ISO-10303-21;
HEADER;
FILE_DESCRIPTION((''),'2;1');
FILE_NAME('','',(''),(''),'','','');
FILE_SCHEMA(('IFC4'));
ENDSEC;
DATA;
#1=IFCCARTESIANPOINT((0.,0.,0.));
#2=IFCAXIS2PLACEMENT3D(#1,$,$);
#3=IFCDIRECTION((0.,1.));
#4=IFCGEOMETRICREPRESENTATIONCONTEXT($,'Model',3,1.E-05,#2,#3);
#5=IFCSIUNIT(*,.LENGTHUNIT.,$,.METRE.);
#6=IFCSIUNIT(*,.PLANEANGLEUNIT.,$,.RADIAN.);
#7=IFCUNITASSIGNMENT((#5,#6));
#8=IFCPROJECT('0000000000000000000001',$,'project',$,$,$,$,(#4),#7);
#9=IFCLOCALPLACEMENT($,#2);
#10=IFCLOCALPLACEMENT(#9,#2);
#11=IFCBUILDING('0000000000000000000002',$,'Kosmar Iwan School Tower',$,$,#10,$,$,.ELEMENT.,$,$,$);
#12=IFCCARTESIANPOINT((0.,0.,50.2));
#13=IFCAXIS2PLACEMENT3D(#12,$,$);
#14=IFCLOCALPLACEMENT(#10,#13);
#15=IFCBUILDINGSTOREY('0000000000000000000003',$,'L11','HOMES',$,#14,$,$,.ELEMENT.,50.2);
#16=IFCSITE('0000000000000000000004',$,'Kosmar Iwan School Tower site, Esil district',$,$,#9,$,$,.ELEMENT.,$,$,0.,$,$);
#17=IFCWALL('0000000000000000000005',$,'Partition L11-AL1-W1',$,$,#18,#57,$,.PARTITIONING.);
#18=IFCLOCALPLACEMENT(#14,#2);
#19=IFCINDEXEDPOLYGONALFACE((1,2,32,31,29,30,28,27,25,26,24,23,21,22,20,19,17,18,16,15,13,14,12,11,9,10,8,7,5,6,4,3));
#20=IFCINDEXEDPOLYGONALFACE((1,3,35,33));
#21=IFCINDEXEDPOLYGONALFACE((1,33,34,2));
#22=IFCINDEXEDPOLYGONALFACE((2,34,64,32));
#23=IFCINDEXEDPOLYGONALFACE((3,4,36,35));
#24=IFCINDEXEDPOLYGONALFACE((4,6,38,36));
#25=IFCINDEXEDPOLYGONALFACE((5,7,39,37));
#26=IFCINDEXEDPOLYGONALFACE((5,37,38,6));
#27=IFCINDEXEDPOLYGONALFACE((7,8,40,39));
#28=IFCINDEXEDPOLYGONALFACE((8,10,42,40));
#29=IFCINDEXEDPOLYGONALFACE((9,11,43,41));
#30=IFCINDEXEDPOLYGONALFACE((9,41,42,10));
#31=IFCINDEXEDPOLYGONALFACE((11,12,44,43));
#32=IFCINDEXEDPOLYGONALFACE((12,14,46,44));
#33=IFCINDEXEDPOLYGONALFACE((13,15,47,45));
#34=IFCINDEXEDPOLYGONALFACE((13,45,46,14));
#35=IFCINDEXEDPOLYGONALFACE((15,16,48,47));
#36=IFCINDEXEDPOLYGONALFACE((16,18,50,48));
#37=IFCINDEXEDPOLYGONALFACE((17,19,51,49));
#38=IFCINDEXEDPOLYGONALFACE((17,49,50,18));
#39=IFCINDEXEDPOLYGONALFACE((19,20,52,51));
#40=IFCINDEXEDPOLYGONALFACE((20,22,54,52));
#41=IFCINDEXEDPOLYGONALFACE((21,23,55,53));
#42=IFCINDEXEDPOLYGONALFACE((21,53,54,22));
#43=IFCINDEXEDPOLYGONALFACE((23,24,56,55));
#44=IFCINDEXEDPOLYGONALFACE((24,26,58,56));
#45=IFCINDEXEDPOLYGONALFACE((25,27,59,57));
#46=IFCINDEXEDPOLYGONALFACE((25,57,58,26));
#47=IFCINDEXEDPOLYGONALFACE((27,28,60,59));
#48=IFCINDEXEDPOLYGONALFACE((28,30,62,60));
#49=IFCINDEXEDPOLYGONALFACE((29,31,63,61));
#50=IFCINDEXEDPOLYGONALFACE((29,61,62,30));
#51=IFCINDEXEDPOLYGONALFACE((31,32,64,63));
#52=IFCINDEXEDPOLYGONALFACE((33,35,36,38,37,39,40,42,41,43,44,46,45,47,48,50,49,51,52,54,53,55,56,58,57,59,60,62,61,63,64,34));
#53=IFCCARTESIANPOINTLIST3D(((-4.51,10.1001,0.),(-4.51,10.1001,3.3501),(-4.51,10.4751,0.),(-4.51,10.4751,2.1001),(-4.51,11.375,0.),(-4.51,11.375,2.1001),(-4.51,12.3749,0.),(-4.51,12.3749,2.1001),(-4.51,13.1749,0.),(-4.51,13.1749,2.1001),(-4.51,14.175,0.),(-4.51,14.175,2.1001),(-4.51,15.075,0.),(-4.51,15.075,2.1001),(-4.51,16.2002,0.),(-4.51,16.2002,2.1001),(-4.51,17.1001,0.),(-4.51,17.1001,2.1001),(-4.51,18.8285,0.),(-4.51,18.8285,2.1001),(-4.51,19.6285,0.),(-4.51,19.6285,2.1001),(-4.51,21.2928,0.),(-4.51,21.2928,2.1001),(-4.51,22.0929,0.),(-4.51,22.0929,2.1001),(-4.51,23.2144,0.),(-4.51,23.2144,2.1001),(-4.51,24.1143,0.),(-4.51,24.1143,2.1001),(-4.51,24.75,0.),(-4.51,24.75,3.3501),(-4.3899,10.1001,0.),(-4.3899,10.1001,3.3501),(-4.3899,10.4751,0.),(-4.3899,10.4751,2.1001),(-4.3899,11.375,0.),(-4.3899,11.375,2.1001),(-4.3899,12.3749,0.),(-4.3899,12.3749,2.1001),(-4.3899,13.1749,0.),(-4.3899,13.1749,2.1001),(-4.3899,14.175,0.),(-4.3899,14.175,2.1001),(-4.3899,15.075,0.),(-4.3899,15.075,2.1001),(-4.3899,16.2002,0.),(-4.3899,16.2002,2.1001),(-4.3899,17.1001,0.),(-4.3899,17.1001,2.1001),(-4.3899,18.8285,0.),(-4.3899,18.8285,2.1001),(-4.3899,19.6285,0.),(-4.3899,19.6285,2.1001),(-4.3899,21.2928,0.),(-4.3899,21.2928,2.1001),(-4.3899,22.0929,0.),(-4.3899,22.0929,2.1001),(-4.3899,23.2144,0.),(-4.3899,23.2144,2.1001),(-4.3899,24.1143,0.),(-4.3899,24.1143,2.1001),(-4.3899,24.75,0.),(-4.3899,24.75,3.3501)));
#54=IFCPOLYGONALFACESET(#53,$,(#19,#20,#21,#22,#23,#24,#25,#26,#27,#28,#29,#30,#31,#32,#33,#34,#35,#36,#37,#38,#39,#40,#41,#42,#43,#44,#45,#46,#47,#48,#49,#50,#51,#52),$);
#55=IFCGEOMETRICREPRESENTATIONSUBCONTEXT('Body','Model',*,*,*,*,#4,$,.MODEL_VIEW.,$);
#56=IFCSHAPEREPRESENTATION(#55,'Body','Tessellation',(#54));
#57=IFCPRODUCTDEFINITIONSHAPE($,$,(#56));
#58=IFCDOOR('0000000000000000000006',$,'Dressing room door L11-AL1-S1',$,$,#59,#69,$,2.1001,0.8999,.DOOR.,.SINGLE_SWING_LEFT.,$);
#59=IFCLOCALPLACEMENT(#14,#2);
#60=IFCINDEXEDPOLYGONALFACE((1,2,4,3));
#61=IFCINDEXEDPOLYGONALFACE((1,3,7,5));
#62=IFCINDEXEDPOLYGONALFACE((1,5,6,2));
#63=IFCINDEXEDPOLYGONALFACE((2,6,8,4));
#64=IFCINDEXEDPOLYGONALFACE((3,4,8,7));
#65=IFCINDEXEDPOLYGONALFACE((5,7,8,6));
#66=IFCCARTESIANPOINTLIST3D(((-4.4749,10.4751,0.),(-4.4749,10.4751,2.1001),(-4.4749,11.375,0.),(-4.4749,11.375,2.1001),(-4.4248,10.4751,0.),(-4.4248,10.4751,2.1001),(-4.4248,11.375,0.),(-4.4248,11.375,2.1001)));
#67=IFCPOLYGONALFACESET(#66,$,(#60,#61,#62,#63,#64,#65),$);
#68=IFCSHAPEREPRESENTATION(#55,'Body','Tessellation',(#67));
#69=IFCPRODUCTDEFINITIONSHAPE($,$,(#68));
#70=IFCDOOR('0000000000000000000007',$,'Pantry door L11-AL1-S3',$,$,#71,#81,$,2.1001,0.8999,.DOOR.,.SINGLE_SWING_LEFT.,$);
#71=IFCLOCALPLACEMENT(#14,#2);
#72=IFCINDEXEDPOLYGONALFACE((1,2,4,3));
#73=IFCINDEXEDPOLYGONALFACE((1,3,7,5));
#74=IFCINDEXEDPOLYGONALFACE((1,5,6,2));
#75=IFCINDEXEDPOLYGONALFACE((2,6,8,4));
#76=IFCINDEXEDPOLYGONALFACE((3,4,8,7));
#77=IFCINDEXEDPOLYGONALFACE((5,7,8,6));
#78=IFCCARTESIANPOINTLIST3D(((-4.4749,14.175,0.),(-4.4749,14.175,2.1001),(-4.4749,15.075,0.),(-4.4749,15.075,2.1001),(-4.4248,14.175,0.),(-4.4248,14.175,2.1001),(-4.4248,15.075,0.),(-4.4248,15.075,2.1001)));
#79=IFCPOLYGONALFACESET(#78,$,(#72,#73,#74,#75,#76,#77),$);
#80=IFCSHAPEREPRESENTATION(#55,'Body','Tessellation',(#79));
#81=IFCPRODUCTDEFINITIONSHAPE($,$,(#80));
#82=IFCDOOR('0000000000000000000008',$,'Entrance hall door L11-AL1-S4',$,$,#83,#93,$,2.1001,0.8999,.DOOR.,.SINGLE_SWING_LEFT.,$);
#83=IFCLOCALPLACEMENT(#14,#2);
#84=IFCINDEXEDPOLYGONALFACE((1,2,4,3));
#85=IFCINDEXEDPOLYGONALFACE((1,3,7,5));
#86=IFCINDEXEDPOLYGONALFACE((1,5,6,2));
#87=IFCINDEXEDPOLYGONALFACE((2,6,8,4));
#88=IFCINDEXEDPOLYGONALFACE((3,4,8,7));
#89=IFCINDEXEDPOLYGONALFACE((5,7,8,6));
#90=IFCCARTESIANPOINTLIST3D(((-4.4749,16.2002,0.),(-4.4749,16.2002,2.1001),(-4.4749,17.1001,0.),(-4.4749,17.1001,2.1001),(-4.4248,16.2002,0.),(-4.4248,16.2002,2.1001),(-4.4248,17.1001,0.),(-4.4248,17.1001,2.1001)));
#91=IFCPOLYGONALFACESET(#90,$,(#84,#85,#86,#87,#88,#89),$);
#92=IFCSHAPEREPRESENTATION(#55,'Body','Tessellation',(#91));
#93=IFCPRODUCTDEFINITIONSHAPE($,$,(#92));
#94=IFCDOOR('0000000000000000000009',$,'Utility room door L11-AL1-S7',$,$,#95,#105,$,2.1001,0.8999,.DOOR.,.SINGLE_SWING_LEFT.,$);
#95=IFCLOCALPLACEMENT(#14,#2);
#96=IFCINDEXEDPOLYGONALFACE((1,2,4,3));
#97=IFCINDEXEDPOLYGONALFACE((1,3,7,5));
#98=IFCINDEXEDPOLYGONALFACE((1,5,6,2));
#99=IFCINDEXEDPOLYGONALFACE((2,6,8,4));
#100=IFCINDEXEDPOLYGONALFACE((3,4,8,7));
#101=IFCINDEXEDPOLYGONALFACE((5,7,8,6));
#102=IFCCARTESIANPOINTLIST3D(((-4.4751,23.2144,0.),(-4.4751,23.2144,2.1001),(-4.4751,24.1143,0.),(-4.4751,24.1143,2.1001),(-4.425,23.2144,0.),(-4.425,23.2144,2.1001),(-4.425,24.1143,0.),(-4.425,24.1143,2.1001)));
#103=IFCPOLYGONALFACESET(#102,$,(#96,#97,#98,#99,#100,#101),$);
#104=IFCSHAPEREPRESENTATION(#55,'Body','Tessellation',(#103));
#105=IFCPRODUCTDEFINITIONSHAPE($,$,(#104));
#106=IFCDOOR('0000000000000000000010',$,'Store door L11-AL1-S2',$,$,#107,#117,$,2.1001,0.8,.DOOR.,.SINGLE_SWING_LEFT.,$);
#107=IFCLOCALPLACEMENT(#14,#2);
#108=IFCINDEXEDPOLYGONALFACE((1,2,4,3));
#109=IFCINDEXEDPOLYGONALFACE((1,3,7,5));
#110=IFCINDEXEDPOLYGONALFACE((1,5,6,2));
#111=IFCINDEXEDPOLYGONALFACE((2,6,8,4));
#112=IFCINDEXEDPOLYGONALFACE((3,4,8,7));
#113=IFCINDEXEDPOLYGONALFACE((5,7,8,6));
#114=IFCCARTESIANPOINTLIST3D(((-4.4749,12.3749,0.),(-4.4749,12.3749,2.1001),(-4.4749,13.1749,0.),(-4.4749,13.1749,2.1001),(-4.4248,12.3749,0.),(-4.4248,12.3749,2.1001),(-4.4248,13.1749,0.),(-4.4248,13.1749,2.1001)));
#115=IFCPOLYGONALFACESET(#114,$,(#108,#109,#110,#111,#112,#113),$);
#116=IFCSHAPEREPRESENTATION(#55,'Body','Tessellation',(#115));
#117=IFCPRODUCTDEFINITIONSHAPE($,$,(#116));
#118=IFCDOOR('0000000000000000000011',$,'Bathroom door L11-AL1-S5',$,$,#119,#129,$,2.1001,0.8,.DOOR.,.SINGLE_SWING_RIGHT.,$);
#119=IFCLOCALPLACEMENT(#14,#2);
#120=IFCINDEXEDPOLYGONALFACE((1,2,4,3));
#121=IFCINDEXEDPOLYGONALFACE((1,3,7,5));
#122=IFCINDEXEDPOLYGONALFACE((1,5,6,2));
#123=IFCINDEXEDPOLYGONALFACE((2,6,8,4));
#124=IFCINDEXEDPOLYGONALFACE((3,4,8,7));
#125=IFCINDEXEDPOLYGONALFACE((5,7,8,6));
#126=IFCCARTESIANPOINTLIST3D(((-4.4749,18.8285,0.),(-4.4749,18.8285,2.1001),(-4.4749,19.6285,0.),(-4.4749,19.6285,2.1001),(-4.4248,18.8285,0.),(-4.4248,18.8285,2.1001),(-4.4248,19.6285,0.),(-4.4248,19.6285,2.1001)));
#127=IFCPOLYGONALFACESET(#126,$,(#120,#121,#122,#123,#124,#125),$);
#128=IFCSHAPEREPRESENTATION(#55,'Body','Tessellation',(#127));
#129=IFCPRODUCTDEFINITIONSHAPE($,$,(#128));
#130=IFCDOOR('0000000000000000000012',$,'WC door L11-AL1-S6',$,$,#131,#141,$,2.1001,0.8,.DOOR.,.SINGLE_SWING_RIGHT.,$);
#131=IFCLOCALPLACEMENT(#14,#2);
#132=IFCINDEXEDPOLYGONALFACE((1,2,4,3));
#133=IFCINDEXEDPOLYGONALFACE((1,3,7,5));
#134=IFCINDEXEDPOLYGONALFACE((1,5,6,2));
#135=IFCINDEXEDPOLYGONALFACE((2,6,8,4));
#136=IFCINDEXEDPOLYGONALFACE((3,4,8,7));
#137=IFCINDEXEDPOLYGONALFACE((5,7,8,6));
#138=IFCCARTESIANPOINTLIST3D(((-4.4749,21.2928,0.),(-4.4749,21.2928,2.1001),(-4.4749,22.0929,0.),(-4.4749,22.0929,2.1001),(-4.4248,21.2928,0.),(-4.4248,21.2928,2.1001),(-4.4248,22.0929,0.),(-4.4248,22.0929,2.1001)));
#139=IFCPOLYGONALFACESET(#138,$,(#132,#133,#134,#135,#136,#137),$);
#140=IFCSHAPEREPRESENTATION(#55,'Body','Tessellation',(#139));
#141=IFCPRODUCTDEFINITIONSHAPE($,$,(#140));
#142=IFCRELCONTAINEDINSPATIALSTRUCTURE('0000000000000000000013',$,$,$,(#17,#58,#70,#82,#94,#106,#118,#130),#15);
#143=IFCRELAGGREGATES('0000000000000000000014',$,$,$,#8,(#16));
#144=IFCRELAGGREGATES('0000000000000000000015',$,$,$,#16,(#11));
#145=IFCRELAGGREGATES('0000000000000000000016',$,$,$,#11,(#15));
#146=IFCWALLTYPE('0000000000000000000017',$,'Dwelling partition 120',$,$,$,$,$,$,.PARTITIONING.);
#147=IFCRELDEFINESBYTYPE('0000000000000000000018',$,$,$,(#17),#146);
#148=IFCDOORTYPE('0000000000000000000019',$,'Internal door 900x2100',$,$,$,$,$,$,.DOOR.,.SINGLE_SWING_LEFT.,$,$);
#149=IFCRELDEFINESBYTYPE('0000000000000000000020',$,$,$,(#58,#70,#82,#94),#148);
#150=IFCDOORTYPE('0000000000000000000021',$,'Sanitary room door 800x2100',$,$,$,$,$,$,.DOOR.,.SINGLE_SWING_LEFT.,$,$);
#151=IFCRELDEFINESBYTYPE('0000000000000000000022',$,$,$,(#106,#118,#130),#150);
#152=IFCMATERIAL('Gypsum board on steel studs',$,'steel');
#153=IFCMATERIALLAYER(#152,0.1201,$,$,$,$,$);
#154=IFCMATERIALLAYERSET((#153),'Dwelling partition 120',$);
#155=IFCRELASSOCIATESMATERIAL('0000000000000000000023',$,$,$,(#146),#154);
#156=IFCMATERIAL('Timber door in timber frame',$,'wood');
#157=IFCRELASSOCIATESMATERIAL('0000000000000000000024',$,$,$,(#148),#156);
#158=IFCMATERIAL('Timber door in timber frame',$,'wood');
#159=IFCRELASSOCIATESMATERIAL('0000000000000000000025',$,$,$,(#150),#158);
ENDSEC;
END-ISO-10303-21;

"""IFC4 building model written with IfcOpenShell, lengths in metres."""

from ifc_helpers import new_model, si_unit, direction, frame, frame_2d, origin, place, context, subcontext, project, spatial, rectangle, extrude, material, layer, layer_set, type_object, element, fill, save


model = new_model("IFC4")

# Units and contexts
model_context = context("Model", 3, precision=1e-05, world=origin(), true_north=direction((0.0, 1.0)))
body_context = subcontext(model_context, "Body", "Model", "MODEL_VIEW")
ifc_project = project(units=[si_unit("LENGTHUNIT", "METRE"), si_unit("PLANEANGLEUNIT", "RADIAN")], contexts=[model_context])

# Site, building, storey
site_placement = place(None, origin())
site = spatial("IfcSite", under=ifc_project, at=site_placement, Name="Kosmar Iwan School Tower site, Esil district", CompositionType="ELEMENT", RefElevation=0.0)
building_placement = place(site_placement, origin())
building = spatial("IfcBuilding", under=site, at=building_placement, Name="Kosmar Iwan School Tower", CompositionType="ELEMENT")
storey_placement = place(building_placement, frame((0.0, 0.0, 50.2)))
storey = spatial("IfcBuildingStorey", under=building, at=storey_placement, Name="L11", Description="HOMES", CompositionType="ELEMENT", Elevation=50.2)

# Wall, openings, doors
ifc_material_1 = material(Name="Gypsum board on steel studs", Category="steel")
ifc_layer_1 = layer(ifc_material_1, 0.1201)
ifc_layer_set_1 = layer_set([ifc_layer_1], Name="Dwelling partition 120")
wall_type_1 = type_object("IfcWallType", Name="Dwelling partition 120", PredefinedType="PARTITIONING", material=ifc_layer_set_1)
wall_1_placement = place(storey_placement, frame((-4.45, 10.1001, 0.0), z_axis=(0.0, 0.0, 1.0), x_axis=(0.0, 1.0, 0.0)))
wall_1 = element("IfcWall", 1, at=wall_1_placement, inside=storey, type_object=wall_type_1, Name="Partition L11-AL1-W1", PredefinedType="PARTITIONING", context=body_context, shape_type="SweptSolid", body=[
    extrude(rectangle(XDim=14.6499, YDim=0.1201, at=frame_2d((7.325, 0.0))), origin(), (0.0, 0.0, 1.0), 3.3501),
])
opening_1_placement = place(wall_1_placement, frame((0.375, 0.0, 0.0)))
opening_1 = element("IfcOpeningElement", 2, at=opening_1_placement, cuts=wall_1, PredefinedType="OPENING", context=body_context, shape_type="SweptSolid", body=[
    extrude(rectangle(XDim=0.8999, YDim=2.1001, at=frame_2d((0.45, 1.05))), frame((0.0, 0.072, 0.0), z_axis=(0.0, -1.0, 0.0), x_axis=(1.0, 0.0, 0.0)), (0.0, 0.0, 1.0), 0.144),
])
opening_2_placement = place(wall_1_placement, frame((2.2749, 0.0, 0.0)))
opening_2 = element("IfcOpeningElement", 3, at=opening_2_placement, cuts=wall_1, PredefinedType="OPENING", context=body_context, shape_type="SweptSolid", body=[
    extrude(rectangle(XDim=0.8, YDim=2.1001, at=frame_2d((0.3999, 1.05))), frame((0.0, 0.072, 0.0), z_axis=(0.0, -1.0, 0.0), x_axis=(1.0, 0.0, 0.0)), (0.0, 0.0, 1.0), 0.144),
])
opening_3_placement = place(wall_1_placement, frame((4.075, 0.0, 0.0)))
opening_3 = element("IfcOpeningElement", 4, at=opening_3_placement, cuts=wall_1, PredefinedType="OPENING", context=body_context, shape_type="SweptSolid", body=[
    extrude(rectangle(XDim=0.8999, YDim=2.1001, at=frame_2d((0.45, 1.05))), frame((0.0, 0.072, 0.0), z_axis=(0.0, -1.0, 0.0), x_axis=(1.0, 0.0, 0.0)), (0.0, 0.0, 1.0), 0.144),
])
opening_4_placement = place(wall_1_placement, frame((6.1001, 0.0, 0.0)))
opening_4 = element("IfcOpeningElement", 5, at=opening_4_placement, cuts=wall_1, PredefinedType="OPENING", context=body_context, shape_type="SweptSolid", body=[
    extrude(rectangle(XDim=0.8999, YDim=2.1001, at=frame_2d((0.45, 1.05))), frame((0.0, 0.072, 0.0), z_axis=(0.0, -1.0, 0.0), x_axis=(1.0, 0.0, 0.0)), (0.0, 0.0, 1.0), 0.144),
])
opening_5_placement = place(wall_1_placement, frame((8.7285, 0.0, 0.0)))
opening_5 = element("IfcOpeningElement", 6, at=opening_5_placement, cuts=wall_1, PredefinedType="OPENING", context=body_context, shape_type="SweptSolid", body=[
    extrude(rectangle(XDim=0.8, YDim=2.1001, at=frame_2d((0.3999, 1.05))), frame((0.0, 0.072, 0.0), z_axis=(0.0, -1.0, 0.0), x_axis=(1.0, 0.0, 0.0)), (0.0, 0.0, 1.0), 0.144),
])
opening_6_placement = place(wall_1_placement, frame((11.1929, 0.0, 0.0)))
opening_6 = element("IfcOpeningElement", 7, at=opening_6_placement, cuts=wall_1, PredefinedType="OPENING", context=body_context, shape_type="SweptSolid", body=[
    extrude(rectangle(XDim=0.8, YDim=2.1001, at=frame_2d((0.3999, 1.05))), frame((0.0, 0.072, 0.0), z_axis=(0.0, -1.0, 0.0), x_axis=(1.0, 0.0, 0.0)), (0.0, 0.0, 1.0), 0.144),
])
opening_7_placement = place(wall_1_placement, frame((13.1143, 0.0, 0.0)))
opening_7 = element("IfcOpeningElement", 8, at=opening_7_placement, cuts=wall_1, PredefinedType="OPENING", context=body_context, shape_type="SweptSolid", body=[
    extrude(rectangle(XDim=0.8999, YDim=2.1001, at=frame_2d((0.45, 1.05))), frame((0.0, 0.072, 0.0), z_axis=(0.0, -1.0, 0.0), x_axis=(1.0, 0.0, 0.0)), (0.0, 0.0, 1.0), 0.144),
])
ifc_material_2 = material(Name="Timber door in timber frame", Category="wood")
door_type_1 = type_object("IfcDoorType", Name="Internal door 900x2100", OperationType="SINGLE_SWING_LEFT", PredefinedType="DOOR", material=ifc_material_2)
door_1_placement = place(opening_1_placement, origin())
door_1 = element("IfcDoor", 9, at=door_1_placement, inside=storey, type_object=door_type_1, Name="Dressing room door L11-AL1-S1", OperationType="SINGLE_SWING_LEFT", OverallHeight=2.1001, OverallWidth=0.8999, PredefinedType="DOOR", context=body_context, shape_type="SweptSolid", body=[
    extrude(rectangle(XDim=0.8999, YDim=2.1001, at=frame_2d((0.45, 1.05))), frame((0.0, 0.0249, 0.0), z_axis=(0.0, -1.0, 0.0), x_axis=(1.0, 0.0, 0.0)), (0.0, 0.0, 1.0), 0.05),
])
fill(opening_1, door_1)
door_2_placement = place(opening_3_placement, origin())
door_2 = element("IfcDoor", 10, at=door_2_placement, inside=storey, type_object=door_type_1, Name="Pantry door L11-AL1-S3", OperationType="SINGLE_SWING_LEFT", OverallHeight=2.1001, OverallWidth=0.8999, PredefinedType="DOOR", context=body_context, shape_type="SweptSolid", body=[
    extrude(rectangle(XDim=0.8999, YDim=2.1001, at=frame_2d((0.45, 1.05))), frame((0.0, 0.0249, 0.0), z_axis=(0.0, -1.0, 0.0), x_axis=(1.0, 0.0, 0.0)), (0.0, 0.0, 1.0), 0.05),
])
fill(opening_3, door_2)
door_3_placement = place(opening_4_placement, origin())
door_3 = element("IfcDoor", 11, at=door_3_placement, inside=storey, type_object=door_type_1, Name="Entrance hall door L11-AL1-S4", OperationType="SINGLE_SWING_LEFT", OverallHeight=2.1001, OverallWidth=0.8999, PredefinedType="DOOR", context=body_context, shape_type="SweptSolid", body=[
    extrude(rectangle(XDim=0.8999, YDim=2.1001, at=frame_2d((0.45, 1.05))), frame((0.0, 0.0249, 0.0), z_axis=(0.0, -1.0, 0.0), x_axis=(1.0, 0.0, 0.0)), (0.0, 0.0, 1.0), 0.05),
])
fill(opening_4, door_3)
door_4_placement = place(opening_7_placement, frame((0.8999, 0.0, 0.0), z_axis=(0.0, 0.0, 1.0), x_axis=(-1.0, 0.0, 0.0)))
door_4 = element("IfcDoor", 12, at=door_4_placement, inside=storey, type_object=door_type_1, Name="Utility room door L11-AL1-S7", OperationType="SINGLE_SWING_LEFT", OverallHeight=2.1001, OverallWidth=0.8999, PredefinedType="DOOR", context=body_context, shape_type="SweptSolid", body=[
    extrude(rectangle(XDim=0.8999, YDim=2.1001, at=frame_2d((0.45, 1.05))), frame((0.0, 0.0249, 0.0), z_axis=(0.0, -1.0, 0.0), x_axis=(1.0, 0.0, 0.0)), (0.0, 0.0, 1.0), 0.05),
])
fill(opening_7, door_4)
ifc_material_3 = material(Name="Timber door in timber frame", Category="wood")
door_type_2 = type_object("IfcDoorType", Name="Sanitary room door 800x2100", OperationType="SINGLE_SWING_LEFT", PredefinedType="DOOR", material=ifc_material_3)
door_5_placement = place(opening_2_placement, origin())
door_5 = element("IfcDoor", 13, at=door_5_placement, inside=storey, type_object=door_type_2, Name="Store door L11-AL1-S2", OperationType="SINGLE_SWING_LEFT", OverallHeight=2.1001, OverallWidth=0.8, PredefinedType="DOOR", context=body_context, shape_type="SweptSolid", body=[
    extrude(rectangle(XDim=0.8, YDim=2.1001, at=frame_2d((0.3999, 1.05))), frame((0.0, 0.0249, 0.0), z_axis=(0.0, -1.0, 0.0), x_axis=(1.0, 0.0, 0.0)), (0.0, 0.0, 1.0), 0.05),
])
fill(opening_2, door_5)
door_6_placement = place(opening_5_placement, origin())
door_6 = element("IfcDoor", 14, at=door_6_placement, inside=storey, type_object=door_type_2, Name="Bathroom door L11-AL1-S5", OperationType="SINGLE_SWING_RIGHT", OverallHeight=2.1001, OverallWidth=0.8, PredefinedType="DOOR", context=body_context, shape_type="SweptSolid", body=[
    extrude(rectangle(XDim=0.8, YDim=2.1001, at=frame_2d((0.3999, 1.05))), frame((0.0, 0.0249, 0.0), z_axis=(0.0, -1.0, 0.0), x_axis=(1.0, 0.0, 0.0)), (0.0, 0.0, 1.0), 0.05),
])
fill(opening_5, door_6)
door_7_placement = place(opening_6_placement, origin())
door_7 = element("IfcDoor", 15, at=door_7_placement, inside=storey, type_object=door_type_2, Name="WC door L11-AL1-S6", OperationType="SINGLE_SWING_RIGHT", OverallHeight=2.1001, OverallWidth=0.8, PredefinedType="DOOR", context=body_context, shape_type="SweptSolid", body=[
    extrude(rectangle(XDim=0.8, YDim=2.1001, at=frame_2d((0.3999, 1.05))), frame((0.0, 0.0249, 0.0), z_axis=(0.0, -1.0, 0.0), x_axis=(1.0, 0.0, 0.0)), (0.0, 0.0, 1.0), 0.05),
])
fill(opening_6, door_7)

save(model, "model.ifc")
